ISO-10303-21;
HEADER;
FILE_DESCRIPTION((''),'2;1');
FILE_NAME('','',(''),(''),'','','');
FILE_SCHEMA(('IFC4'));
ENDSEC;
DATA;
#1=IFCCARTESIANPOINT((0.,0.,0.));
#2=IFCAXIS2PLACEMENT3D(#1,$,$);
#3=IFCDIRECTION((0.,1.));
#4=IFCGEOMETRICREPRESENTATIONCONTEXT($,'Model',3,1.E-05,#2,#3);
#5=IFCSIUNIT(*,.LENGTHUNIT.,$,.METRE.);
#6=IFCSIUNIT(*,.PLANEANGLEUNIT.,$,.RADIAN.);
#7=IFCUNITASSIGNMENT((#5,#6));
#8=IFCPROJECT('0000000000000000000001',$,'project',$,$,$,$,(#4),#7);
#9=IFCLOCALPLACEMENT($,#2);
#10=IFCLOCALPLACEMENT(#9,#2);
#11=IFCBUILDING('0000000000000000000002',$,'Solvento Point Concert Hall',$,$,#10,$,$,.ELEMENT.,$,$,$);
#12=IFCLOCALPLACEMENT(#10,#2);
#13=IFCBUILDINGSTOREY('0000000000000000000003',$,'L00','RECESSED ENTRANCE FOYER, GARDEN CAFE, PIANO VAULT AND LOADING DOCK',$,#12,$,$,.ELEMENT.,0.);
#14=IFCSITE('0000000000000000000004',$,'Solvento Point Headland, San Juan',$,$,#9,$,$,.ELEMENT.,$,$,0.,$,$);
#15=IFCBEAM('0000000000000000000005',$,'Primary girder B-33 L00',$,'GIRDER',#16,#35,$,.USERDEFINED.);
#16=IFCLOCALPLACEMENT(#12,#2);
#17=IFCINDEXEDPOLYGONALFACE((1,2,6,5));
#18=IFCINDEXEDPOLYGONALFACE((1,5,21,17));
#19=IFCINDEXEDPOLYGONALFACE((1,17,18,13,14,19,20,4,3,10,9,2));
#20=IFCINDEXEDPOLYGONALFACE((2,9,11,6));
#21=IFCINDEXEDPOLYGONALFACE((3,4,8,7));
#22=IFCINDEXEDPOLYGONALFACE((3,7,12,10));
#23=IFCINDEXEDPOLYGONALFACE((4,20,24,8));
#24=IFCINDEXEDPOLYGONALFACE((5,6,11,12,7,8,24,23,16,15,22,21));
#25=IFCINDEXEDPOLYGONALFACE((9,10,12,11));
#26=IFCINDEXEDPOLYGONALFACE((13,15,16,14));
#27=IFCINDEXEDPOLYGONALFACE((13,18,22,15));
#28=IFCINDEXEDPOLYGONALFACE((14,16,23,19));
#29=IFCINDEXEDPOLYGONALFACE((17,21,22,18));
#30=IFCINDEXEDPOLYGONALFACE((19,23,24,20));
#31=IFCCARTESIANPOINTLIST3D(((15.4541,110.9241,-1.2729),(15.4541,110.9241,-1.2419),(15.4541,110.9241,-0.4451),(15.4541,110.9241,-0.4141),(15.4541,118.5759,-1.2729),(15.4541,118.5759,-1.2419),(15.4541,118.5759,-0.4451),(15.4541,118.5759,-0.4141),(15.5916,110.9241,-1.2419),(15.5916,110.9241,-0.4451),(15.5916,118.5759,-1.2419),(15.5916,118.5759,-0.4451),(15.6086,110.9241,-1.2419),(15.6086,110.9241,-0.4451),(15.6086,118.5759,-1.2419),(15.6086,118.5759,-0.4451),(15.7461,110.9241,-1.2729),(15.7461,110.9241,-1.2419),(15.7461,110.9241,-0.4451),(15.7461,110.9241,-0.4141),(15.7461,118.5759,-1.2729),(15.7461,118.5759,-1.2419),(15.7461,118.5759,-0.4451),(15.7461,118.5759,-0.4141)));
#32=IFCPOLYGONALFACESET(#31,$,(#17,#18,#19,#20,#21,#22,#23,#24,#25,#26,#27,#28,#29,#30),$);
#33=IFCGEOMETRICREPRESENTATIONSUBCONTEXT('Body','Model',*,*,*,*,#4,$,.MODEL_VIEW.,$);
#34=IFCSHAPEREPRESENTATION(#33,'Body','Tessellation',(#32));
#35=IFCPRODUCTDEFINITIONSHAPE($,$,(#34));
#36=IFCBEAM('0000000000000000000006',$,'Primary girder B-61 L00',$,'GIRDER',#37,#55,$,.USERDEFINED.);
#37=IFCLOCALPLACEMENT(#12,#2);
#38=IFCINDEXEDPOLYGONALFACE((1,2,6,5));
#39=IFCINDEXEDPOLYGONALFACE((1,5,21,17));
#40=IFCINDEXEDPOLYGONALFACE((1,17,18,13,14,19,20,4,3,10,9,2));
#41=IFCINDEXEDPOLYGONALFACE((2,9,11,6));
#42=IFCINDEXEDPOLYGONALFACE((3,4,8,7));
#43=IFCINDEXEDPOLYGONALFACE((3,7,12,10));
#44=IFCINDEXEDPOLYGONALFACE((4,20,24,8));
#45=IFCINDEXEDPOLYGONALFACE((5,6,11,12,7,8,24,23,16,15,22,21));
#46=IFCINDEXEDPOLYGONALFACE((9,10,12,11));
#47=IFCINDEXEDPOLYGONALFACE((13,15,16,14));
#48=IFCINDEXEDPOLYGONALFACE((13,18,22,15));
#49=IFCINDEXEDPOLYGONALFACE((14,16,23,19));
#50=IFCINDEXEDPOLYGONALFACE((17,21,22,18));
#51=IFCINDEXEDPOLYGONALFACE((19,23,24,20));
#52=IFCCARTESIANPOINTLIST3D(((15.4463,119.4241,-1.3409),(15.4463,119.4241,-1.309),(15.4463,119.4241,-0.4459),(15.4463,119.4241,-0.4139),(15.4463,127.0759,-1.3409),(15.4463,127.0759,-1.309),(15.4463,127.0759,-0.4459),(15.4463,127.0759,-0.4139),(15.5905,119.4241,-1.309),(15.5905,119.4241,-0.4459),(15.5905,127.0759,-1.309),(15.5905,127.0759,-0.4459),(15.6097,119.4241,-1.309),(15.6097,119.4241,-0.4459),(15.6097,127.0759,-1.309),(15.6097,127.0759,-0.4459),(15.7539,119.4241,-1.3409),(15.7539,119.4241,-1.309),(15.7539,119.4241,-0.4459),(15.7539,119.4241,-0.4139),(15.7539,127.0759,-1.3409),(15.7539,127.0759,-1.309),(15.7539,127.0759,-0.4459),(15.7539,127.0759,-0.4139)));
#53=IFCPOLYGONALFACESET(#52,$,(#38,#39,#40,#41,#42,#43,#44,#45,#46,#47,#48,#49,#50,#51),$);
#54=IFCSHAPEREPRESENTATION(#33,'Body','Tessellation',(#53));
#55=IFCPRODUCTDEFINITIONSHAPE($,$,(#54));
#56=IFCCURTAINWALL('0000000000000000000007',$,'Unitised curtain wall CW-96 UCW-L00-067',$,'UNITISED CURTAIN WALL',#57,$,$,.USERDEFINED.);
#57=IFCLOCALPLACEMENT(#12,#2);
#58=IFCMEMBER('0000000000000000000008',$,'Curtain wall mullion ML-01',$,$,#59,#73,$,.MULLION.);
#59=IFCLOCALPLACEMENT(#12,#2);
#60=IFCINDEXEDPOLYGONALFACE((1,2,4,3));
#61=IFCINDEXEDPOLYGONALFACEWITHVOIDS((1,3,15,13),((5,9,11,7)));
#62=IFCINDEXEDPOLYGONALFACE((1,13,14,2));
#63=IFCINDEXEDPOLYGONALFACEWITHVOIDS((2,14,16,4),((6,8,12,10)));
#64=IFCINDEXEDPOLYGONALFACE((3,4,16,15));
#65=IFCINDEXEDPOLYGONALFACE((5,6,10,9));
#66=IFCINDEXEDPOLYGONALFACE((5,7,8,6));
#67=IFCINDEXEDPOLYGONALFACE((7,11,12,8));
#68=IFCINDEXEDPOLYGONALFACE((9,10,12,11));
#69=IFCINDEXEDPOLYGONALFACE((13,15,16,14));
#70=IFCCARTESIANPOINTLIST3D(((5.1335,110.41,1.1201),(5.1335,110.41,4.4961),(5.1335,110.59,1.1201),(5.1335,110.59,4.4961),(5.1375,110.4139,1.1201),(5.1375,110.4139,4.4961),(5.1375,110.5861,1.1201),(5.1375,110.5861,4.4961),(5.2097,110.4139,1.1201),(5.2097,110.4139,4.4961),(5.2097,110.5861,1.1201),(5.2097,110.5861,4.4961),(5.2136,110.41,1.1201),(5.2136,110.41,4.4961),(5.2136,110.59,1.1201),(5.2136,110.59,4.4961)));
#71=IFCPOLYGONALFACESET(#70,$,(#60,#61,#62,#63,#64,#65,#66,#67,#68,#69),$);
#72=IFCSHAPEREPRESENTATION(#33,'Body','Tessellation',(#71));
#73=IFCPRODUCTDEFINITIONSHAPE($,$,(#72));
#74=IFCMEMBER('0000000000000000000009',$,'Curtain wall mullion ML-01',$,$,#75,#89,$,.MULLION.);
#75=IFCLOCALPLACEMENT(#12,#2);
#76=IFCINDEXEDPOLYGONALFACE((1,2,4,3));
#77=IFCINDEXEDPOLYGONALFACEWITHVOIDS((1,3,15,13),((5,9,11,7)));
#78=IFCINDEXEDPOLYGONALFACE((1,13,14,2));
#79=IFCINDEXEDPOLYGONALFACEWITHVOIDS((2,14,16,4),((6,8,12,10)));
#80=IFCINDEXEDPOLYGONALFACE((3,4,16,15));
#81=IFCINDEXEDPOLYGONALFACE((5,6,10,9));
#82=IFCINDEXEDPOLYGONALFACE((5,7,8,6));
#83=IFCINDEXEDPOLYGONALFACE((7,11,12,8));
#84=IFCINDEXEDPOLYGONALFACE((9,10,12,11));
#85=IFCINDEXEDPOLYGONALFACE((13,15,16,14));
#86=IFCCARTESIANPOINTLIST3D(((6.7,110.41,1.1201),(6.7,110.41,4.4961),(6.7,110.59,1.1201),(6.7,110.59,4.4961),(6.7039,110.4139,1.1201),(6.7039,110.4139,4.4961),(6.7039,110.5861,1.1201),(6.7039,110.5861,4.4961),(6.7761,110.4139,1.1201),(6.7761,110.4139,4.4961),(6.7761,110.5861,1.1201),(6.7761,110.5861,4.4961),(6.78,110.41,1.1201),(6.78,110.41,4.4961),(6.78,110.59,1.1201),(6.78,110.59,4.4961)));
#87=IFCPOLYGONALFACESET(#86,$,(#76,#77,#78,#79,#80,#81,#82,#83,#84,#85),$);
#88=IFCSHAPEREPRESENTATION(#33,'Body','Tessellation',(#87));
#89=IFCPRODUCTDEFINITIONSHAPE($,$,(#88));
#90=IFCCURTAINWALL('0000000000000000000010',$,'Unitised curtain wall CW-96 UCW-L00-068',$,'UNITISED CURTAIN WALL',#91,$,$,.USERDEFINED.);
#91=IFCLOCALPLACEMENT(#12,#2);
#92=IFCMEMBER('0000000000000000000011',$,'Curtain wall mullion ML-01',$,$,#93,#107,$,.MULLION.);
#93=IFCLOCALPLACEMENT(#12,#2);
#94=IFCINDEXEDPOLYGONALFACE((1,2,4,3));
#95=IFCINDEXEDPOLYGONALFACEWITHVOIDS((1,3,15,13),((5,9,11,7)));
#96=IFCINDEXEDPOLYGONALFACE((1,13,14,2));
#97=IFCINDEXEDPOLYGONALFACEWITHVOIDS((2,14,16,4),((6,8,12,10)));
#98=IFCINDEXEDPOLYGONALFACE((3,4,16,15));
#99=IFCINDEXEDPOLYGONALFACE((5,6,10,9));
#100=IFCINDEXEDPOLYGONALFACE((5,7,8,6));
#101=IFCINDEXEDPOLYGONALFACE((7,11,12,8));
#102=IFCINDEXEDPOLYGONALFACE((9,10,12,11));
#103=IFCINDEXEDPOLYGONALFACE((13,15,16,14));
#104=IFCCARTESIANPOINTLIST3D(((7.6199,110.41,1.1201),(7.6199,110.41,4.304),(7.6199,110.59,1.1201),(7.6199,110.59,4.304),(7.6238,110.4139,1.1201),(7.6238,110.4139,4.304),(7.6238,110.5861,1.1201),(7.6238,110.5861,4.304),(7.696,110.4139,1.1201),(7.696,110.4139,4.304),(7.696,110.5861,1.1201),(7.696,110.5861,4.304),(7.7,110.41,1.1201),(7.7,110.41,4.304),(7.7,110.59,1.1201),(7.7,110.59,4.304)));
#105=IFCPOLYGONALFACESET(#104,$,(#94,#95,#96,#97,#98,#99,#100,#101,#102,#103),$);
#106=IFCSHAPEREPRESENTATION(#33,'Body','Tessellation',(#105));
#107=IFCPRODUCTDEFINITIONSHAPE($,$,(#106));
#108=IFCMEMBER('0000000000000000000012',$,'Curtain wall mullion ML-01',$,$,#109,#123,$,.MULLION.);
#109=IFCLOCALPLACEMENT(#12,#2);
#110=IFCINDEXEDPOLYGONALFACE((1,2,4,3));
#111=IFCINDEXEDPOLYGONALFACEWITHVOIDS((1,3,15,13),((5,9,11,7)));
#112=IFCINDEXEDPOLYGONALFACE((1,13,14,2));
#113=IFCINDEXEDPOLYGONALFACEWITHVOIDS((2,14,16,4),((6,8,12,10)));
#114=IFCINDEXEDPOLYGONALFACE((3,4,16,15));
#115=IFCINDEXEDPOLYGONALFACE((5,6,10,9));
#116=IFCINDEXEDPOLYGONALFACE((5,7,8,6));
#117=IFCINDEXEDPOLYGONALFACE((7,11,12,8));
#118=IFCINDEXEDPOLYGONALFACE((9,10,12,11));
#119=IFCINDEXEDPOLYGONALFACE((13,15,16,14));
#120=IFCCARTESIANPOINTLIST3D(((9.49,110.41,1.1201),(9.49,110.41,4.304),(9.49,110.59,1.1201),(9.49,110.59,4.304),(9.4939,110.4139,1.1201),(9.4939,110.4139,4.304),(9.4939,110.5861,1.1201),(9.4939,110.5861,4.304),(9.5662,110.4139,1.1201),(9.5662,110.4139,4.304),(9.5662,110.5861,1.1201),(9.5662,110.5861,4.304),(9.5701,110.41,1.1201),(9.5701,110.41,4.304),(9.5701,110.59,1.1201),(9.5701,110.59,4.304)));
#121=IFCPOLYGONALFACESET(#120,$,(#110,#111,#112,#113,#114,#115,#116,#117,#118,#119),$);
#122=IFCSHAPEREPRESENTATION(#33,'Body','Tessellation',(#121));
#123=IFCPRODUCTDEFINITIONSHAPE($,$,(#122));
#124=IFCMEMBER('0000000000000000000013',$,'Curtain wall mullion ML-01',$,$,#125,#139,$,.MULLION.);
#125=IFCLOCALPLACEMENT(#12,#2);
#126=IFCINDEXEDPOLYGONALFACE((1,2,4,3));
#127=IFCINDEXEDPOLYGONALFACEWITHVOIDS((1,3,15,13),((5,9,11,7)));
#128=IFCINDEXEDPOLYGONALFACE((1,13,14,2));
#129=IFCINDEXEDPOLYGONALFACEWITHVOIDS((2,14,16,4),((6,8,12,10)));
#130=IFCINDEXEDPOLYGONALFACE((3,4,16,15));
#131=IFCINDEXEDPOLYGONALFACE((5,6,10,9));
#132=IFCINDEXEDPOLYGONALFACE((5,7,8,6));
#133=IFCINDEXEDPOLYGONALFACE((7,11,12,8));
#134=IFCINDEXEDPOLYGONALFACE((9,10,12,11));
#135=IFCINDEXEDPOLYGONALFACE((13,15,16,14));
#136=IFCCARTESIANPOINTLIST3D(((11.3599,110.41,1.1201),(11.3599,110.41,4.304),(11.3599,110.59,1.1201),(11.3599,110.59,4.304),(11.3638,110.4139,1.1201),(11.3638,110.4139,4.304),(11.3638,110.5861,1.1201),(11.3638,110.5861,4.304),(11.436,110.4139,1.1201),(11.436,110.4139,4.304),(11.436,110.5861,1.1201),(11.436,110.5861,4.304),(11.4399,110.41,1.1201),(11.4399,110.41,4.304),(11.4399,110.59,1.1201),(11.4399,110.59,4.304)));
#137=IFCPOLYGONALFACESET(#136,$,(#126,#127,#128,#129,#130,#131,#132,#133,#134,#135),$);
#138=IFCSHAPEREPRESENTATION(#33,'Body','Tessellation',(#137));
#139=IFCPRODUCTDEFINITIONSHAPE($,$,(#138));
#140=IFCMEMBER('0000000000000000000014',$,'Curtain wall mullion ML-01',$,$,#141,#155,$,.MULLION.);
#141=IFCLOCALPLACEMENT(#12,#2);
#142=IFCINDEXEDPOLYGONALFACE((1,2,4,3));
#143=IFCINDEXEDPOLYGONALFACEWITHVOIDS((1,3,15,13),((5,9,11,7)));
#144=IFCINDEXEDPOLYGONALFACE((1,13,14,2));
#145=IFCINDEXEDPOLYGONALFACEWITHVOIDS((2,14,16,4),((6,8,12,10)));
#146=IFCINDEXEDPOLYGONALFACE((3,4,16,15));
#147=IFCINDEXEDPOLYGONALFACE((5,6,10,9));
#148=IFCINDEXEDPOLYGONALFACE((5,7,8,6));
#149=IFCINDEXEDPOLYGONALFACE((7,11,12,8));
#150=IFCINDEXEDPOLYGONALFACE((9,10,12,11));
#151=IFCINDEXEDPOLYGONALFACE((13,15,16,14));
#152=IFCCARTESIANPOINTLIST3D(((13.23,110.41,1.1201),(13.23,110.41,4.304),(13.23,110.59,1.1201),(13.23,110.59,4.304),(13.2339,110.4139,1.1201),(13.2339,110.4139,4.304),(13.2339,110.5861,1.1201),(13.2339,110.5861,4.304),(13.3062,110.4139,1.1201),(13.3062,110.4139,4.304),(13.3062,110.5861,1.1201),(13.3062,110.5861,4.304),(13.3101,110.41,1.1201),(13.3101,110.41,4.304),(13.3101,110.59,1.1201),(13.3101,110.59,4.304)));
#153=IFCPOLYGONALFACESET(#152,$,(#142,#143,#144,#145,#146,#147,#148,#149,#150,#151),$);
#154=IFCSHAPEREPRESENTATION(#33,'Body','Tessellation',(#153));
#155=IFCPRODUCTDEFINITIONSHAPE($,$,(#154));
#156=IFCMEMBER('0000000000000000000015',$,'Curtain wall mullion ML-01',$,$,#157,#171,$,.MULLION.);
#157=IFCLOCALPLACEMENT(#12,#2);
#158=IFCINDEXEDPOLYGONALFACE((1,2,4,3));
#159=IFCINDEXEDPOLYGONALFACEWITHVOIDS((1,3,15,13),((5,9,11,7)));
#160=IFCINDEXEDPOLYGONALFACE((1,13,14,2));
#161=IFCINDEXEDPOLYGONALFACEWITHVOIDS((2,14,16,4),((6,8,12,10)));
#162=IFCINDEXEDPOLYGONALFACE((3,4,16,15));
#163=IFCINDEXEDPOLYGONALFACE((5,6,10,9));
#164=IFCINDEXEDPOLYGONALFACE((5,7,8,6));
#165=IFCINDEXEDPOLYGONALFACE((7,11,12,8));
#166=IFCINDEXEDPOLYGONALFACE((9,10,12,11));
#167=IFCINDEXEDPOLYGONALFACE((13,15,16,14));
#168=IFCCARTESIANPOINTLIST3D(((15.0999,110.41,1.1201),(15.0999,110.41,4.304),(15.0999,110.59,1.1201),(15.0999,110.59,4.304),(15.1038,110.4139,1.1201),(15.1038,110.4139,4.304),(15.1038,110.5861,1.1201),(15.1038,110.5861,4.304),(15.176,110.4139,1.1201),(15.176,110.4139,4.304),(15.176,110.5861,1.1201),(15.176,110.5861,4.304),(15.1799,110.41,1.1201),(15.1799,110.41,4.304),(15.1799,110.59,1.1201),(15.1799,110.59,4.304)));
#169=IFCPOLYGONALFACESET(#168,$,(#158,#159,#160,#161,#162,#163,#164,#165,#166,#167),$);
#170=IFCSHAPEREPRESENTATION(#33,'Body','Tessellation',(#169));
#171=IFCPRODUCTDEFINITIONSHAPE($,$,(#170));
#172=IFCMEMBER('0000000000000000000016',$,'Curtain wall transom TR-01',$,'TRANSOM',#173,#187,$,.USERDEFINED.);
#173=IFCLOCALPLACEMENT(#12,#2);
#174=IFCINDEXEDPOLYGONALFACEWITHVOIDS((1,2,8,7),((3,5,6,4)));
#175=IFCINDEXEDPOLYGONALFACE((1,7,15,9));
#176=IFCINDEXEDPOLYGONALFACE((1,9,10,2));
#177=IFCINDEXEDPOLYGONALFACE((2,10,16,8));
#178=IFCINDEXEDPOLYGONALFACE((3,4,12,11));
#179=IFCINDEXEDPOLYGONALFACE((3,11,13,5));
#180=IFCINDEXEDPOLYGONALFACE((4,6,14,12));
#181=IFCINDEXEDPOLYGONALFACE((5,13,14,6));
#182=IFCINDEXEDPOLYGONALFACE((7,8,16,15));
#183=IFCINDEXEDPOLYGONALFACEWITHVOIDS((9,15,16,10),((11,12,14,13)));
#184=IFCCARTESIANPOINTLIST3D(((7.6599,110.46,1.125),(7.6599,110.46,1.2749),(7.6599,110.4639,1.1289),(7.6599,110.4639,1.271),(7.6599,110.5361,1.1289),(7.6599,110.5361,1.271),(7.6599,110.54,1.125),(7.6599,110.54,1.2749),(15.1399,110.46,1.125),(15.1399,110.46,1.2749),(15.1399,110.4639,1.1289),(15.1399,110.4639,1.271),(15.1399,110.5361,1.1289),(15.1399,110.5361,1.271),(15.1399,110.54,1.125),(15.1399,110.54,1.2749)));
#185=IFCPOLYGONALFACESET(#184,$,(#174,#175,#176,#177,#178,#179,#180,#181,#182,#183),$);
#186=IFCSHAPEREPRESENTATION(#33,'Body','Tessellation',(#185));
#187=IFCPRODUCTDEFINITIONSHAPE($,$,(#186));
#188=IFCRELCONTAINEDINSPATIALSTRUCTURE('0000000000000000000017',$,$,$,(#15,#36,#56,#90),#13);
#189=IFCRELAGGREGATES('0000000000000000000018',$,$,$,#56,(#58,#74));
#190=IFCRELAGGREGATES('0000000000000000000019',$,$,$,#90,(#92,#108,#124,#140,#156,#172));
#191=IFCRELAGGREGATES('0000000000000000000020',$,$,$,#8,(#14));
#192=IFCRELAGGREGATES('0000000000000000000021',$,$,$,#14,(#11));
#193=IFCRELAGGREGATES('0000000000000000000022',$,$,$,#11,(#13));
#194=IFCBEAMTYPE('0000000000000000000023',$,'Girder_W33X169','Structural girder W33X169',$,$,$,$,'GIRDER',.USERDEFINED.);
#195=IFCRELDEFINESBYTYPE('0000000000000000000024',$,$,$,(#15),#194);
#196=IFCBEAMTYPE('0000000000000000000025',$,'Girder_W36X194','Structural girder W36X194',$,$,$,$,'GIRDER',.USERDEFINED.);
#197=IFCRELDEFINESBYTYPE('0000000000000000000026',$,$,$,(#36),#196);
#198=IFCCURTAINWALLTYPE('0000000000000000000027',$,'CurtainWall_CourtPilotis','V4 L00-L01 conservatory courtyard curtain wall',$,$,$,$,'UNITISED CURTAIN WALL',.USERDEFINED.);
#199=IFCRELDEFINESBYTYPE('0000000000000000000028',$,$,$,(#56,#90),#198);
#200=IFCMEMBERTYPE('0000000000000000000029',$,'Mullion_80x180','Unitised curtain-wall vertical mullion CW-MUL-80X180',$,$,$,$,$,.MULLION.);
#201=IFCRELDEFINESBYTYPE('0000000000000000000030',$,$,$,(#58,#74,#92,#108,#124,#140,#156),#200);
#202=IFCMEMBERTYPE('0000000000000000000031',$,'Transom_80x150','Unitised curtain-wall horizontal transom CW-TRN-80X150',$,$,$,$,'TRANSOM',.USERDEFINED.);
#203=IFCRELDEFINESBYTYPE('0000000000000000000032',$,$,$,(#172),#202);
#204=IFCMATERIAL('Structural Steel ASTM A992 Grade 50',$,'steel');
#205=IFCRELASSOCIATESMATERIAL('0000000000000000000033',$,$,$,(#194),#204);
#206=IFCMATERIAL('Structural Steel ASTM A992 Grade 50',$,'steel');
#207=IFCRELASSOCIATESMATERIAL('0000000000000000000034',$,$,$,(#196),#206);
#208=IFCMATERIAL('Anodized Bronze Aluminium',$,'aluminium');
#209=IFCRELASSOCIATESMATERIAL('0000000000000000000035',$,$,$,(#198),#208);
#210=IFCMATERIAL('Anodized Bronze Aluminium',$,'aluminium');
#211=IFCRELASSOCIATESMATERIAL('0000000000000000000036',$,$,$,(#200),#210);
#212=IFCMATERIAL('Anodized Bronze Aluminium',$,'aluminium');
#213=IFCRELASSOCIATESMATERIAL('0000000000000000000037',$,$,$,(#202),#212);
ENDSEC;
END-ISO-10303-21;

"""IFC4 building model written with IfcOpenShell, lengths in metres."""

from ifc_helpers import new_model, si_unit, direction, frame, origin, origin_2d, place, context, subcontext, project, spatial, hollow_rectangle, i_section, extrude, material, material_profile, profile_set, type_object, element, aggregate, save


model = new_model("IFC4")

# Units and contexts
model_context = context("Model", 3, precision=1e-05, world=origin(), true_north=direction((0.0, 1.0)))
body_context = subcontext(model_context, "Body", "Model", "MODEL_VIEW")
ifc_project = project(units=[si_unit("LENGTHUNIT", "METRE"), si_unit("PLANEANGLEUNIT", "RADIAN")], contexts=[model_context])

# Site, building, storey
site_placement = place(None, origin())
site = spatial("IfcSite", under=ifc_project, at=site_placement, Name="Solvento Point Headland, San Juan", CompositionType="ELEMENT", RefElevation=0.0)
building_placement = place(site_placement, origin())
building = spatial("IfcBuilding", under=site, at=building_placement, Name="Solvento Point Concert Hall", CompositionType="ELEMENT")
storey_placement = place(building_placement, origin())
storey = spatial("IfcBuildingStorey", under=building, at=storey_placement, Name="L00", Description="RECESSED ENTRANCE FOYER, GARDEN CAFE, PIANO VAULT AND LOADING DOCK", CompositionType="ELEMENT", Elevation=0.0)

# Beams
ifc_material_1 = material(Name="Structural Steel ASTM A992 Grade 50", Category="steel")
ifc_material_profile_1 = material_profile(ifc_material_1, i_section(OverallWidth=0.292, OverallDepth=0.8589, WebThickness=0.0171, FlangeThickness=0.031, at=origin_2d()), Name="W33X169")
ifc_profile_set_1 = profile_set([ifc_material_profile_1], Name="Structural Steel ASTM A992 Grade 50")
beam_type_1 = type_object("IfcBeamType", Name="Girder_W33X169", Description="Structural girder W33X169", ElementType="GIRDER", PredefinedType="USERDEFINED", material=ifc_profile_set_1)
for number, where, z_axis, x_axis, name in (
    (1, (15.6001, 110.9241, -0.8435), (0.0, 1.0, 0.0), (-1.0, 0.0, 0.0), "Primary girder B-33 L00"),
):
    element("IfcBeam", number, at=place(storey_placement, frame(where, z_axis=z_axis, x_axis=x_axis)), inside=storey, type_object=beam_type_1, Name=name, ObjectType="GIRDER", PredefinedType="USERDEFINED", context=body_context, shape_type="SweptSolid", body=[
        extrude(i_section(OverallWidth=0.292, OverallDepth=0.8589, WebThickness=0.0171, FlangeThickness=0.031, at=origin_2d()), origin(), (0.0, 0.0, 1.0), 7.6519),
    ])
ifc_material_2 = material(Name="Structural Steel ASTM A992 Grade 50", Category="steel")
ifc_material_profile_2 = material_profile(ifc_material_2, i_section(OverallWidth=0.3076, OverallDepth=0.927, WebThickness=0.0193, FlangeThickness=0.032, at=origin_2d()), Name="W36X194")
ifc_profile_set_2 = profile_set([ifc_material_profile_2], Name="Structural Steel ASTM A992 Grade 50")
beam_type_2 = type_object("IfcBeamType", Name="Girder_W36X194", Description="Structural girder W36X194", ElementType="GIRDER", PredefinedType="USERDEFINED", material=ifc_profile_set_2)
beam_1_placement = place(storey_placement, frame((15.6001, 119.4241, -0.8774), z_axis=(0.0, 1.0, 0.0), x_axis=(-1.0, 0.0, 0.0)))
element("IfcBeam", 2, at=beam_1_placement, inside=storey, type_object=beam_type_2, Name="Primary girder B-61 L00", ObjectType="GIRDER", PredefinedType="USERDEFINED", context=body_context, shape_type="SweptSolid", body=[
    extrude(i_section(OverallWidth=0.3076, OverallDepth=0.927, WebThickness=0.0193, FlangeThickness=0.032, at=origin_2d()), origin(), (0.0, 0.0, 1.0), 7.6519),
])

# Curtain walls, members
ifc_material_3 = material(Name="Anodized Bronze Aluminium", Category="aluminium")
curtain_wall_type = type_object("IfcCurtainWallType", Name="CurtainWall_CourtPilotis", Description="V4 L00-L01 conservatory courtyard curtain wall", ElementType="UNITISED CURTAIN WALL", PredefinedType="USERDEFINED", material=ifc_material_3)
curtain_wall_1_placement = place(storey_placement, origin())
curtain_wall_1 = element("IfcCurtainWall", 3, at=curtain_wall_1_placement, inside=storey, type_object=curtain_wall_type, Name="Unitised curtain wall CW-96 UCW-L00-067", ObjectType="UNITISED CURTAIN WALL", PredefinedType="USERDEFINED")
ifc_material_4 = material(Name="Anodized Bronze Aluminium", Category="aluminium")
ifc_material_profile_3 = material_profile(ifc_material_4, hollow_rectangle(XDim=0.0801, YDim=0.1799, WallThickness=0.0039, at=origin_2d()), Name="CW-MUL-80X180")
ifc_profile_set_3 = profile_set([ifc_material_profile_3], Name="Anodized Bronze Aluminium")
member_type_1 = type_object("IfcMemberType", Name="Mullion_80x180", Description="Unitised curtain-wall vertical mullion CW-MUL-80X180", PredefinedType="MULLION", material=ifc_profile_set_3)
member_1_placement = place(storey_placement, frame((5.1736, 110.5, 1.1201), z_axis=(0.0, 0.0, 1.0), x_axis=(1.0, 0.0, 0.0)))
member_1 = element("IfcMember", 4, at=member_1_placement, type_object=member_type_1, Name="Curtain wall mullion ML-01", PredefinedType="MULLION", context=body_context, shape_type="SweptSolid", body=[
    extrude(hollow_rectangle(XDim=0.0801, YDim=0.1799, WallThickness=0.0039, at=origin_2d()), origin(), (0.0, 0.0, 1.0), 3.376),
])
member_2_placement = place(storey_placement, frame((6.74, 110.5, 1.1201), z_axis=(0.0, 0.0, 1.0), x_axis=(1.0, 0.0, 0.0)))
member_2 = element("IfcMember", 5, at=member_2_placement, type_object=member_type_1, Name="Curtain wall mullion ML-01", PredefinedType="MULLION", context=body_context, shape_type="SweptSolid", body=[
    extrude(hollow_rectangle(XDim=0.0801, YDim=0.1799, WallThickness=0.0039, at=origin_2d()), origin(), (0.0, 0.0, 1.0), 3.376),
])
curtain_wall_2_placement = place(storey_placement, origin())
curtain_wall_2 = element("IfcCurtainWall", 6, at=curtain_wall_2_placement, inside=storey, type_object=curtain_wall_type, Name="Unitised curtain wall CW-96 UCW-L00-068", ObjectType="UNITISED CURTAIN WALL", PredefinedType="USERDEFINED")
member_3_placement = place(storey_placement, frame((7.6599, 110.5, 1.1201), z_axis=(0.0, 0.0, 1.0), x_axis=(1.0, 0.0, 0.0)))
member_3 = element("IfcMember", 7, at=member_3_placement, type_object=member_type_1, Name="Curtain wall mullion ML-01", PredefinedType="MULLION", context=body_context, shape_type="SweptSolid", body=[
    extrude(hollow_rectangle(XDim=0.0801, YDim=0.1799, WallThickness=0.0039, at=origin_2d()), origin(), (0.0, 0.0, 1.0), 3.1838),
])
member_4_placement = place(storey_placement, frame((9.53, 110.5, 1.1201), z_axis=(0.0, 0.0, 1.0), x_axis=(1.0, 0.0, 0.0)))
member_4 = element("IfcMember", 8, at=member_4_placement, type_object=member_type_1, Name="Curtain wall mullion ML-01", PredefinedType="MULLION", context=body_context, shape_type="SweptSolid", body=[
    extrude(hollow_rectangle(XDim=0.0801, YDim=0.1799, WallThickness=0.0039, at=origin_2d()), origin(), (0.0, 0.0, 1.0), 3.1838),
])
member_5_placement = place(storey_placement, frame((11.3999, 110.5, 1.1201), z_axis=(0.0, 0.0, 1.0), x_axis=(1.0, 0.0, 0.0)))
member_5 = element("IfcMember", 9, at=member_5_placement, type_object=member_type_1, Name="Curtain wall mullion ML-01", PredefinedType="MULLION", context=body_context, shape_type="SweptSolid", body=[
    extrude(hollow_rectangle(XDim=0.0801, YDim=0.1799, WallThickness=0.0039, at=origin_2d()), origin(), (0.0, 0.0, 1.0), 3.1838),
])
member_6_placement = place(storey_placement, frame((13.27, 110.5, 1.1201), z_axis=(0.0, 0.0, 1.0), x_axis=(1.0, 0.0, 0.0)))
member_6 = element("IfcMember", 10, at=member_6_placement, type_object=member_type_1, Name="Curtain wall mullion ML-01", PredefinedType="MULLION", context=body_context, shape_type="SweptSolid", body=[
    extrude(hollow_rectangle(XDim=0.0801, YDim=0.1799, WallThickness=0.0039, at=origin_2d()), origin(), (0.0, 0.0, 1.0), 3.1838),
])
member_7_placement = place(storey_placement, frame((15.1399, 110.5, 1.1201), z_axis=(0.0, 0.0, 1.0), x_axis=(1.0, 0.0, 0.0)))
member_7 = element("IfcMember", 11, at=member_7_placement, type_object=member_type_1, Name="Curtain wall mullion ML-01", PredefinedType="MULLION", context=body_context, shape_type="SweptSolid", body=[
    extrude(hollow_rectangle(XDim=0.0801, YDim=0.1799, WallThickness=0.0039, at=origin_2d()), origin(), (0.0, 0.0, 1.0), 3.1838),
])
ifc_material_5 = material(Name="Anodized Bronze Aluminium", Category="aluminium")
ifc_material_profile_4 = material_profile(ifc_material_5, hollow_rectangle(XDim=0.0801, YDim=0.1499, WallThickness=0.0039, at=origin_2d()), Name="CW-TRN-80X150")
ifc_profile_set_4 = profile_set([ifc_material_profile_4], Name="Anodized Bronze Aluminium")
member_type_2 = type_object("IfcMemberType", Name="Transom_80x150", Description="Unitised curtain-wall horizontal transom CW-TRN-80X150", ElementType="TRANSOM", PredefinedType="USERDEFINED", material=ifc_profile_set_4)
member_8_placement = place(storey_placement, frame((7.6599, 110.5, 1.2), z_axis=(1.0, 0.0, 0.0), x_axis=(0.0, 1.0, 0.0)))
member_8 = element("IfcMember", 12, at=member_8_placement, type_object=member_type_2, Name="Curtain wall transom TR-01", ObjectType="TRANSOM", PredefinedType="USERDEFINED", context=body_context, shape_type="SweptSolid", body=[
    extrude(hollow_rectangle(XDim=0.0801, YDim=0.1499, WallThickness=0.0039, at=origin_2d()), origin(), (0.0, 0.0, 1.0), 7.48),
])

aggregate(curtain_wall_1, [member_1, member_2])
aggregate(curtain_wall_2, [member_3, member_4, member_5, member_6, member_7, member_8])

save(model, "model.ifc")
